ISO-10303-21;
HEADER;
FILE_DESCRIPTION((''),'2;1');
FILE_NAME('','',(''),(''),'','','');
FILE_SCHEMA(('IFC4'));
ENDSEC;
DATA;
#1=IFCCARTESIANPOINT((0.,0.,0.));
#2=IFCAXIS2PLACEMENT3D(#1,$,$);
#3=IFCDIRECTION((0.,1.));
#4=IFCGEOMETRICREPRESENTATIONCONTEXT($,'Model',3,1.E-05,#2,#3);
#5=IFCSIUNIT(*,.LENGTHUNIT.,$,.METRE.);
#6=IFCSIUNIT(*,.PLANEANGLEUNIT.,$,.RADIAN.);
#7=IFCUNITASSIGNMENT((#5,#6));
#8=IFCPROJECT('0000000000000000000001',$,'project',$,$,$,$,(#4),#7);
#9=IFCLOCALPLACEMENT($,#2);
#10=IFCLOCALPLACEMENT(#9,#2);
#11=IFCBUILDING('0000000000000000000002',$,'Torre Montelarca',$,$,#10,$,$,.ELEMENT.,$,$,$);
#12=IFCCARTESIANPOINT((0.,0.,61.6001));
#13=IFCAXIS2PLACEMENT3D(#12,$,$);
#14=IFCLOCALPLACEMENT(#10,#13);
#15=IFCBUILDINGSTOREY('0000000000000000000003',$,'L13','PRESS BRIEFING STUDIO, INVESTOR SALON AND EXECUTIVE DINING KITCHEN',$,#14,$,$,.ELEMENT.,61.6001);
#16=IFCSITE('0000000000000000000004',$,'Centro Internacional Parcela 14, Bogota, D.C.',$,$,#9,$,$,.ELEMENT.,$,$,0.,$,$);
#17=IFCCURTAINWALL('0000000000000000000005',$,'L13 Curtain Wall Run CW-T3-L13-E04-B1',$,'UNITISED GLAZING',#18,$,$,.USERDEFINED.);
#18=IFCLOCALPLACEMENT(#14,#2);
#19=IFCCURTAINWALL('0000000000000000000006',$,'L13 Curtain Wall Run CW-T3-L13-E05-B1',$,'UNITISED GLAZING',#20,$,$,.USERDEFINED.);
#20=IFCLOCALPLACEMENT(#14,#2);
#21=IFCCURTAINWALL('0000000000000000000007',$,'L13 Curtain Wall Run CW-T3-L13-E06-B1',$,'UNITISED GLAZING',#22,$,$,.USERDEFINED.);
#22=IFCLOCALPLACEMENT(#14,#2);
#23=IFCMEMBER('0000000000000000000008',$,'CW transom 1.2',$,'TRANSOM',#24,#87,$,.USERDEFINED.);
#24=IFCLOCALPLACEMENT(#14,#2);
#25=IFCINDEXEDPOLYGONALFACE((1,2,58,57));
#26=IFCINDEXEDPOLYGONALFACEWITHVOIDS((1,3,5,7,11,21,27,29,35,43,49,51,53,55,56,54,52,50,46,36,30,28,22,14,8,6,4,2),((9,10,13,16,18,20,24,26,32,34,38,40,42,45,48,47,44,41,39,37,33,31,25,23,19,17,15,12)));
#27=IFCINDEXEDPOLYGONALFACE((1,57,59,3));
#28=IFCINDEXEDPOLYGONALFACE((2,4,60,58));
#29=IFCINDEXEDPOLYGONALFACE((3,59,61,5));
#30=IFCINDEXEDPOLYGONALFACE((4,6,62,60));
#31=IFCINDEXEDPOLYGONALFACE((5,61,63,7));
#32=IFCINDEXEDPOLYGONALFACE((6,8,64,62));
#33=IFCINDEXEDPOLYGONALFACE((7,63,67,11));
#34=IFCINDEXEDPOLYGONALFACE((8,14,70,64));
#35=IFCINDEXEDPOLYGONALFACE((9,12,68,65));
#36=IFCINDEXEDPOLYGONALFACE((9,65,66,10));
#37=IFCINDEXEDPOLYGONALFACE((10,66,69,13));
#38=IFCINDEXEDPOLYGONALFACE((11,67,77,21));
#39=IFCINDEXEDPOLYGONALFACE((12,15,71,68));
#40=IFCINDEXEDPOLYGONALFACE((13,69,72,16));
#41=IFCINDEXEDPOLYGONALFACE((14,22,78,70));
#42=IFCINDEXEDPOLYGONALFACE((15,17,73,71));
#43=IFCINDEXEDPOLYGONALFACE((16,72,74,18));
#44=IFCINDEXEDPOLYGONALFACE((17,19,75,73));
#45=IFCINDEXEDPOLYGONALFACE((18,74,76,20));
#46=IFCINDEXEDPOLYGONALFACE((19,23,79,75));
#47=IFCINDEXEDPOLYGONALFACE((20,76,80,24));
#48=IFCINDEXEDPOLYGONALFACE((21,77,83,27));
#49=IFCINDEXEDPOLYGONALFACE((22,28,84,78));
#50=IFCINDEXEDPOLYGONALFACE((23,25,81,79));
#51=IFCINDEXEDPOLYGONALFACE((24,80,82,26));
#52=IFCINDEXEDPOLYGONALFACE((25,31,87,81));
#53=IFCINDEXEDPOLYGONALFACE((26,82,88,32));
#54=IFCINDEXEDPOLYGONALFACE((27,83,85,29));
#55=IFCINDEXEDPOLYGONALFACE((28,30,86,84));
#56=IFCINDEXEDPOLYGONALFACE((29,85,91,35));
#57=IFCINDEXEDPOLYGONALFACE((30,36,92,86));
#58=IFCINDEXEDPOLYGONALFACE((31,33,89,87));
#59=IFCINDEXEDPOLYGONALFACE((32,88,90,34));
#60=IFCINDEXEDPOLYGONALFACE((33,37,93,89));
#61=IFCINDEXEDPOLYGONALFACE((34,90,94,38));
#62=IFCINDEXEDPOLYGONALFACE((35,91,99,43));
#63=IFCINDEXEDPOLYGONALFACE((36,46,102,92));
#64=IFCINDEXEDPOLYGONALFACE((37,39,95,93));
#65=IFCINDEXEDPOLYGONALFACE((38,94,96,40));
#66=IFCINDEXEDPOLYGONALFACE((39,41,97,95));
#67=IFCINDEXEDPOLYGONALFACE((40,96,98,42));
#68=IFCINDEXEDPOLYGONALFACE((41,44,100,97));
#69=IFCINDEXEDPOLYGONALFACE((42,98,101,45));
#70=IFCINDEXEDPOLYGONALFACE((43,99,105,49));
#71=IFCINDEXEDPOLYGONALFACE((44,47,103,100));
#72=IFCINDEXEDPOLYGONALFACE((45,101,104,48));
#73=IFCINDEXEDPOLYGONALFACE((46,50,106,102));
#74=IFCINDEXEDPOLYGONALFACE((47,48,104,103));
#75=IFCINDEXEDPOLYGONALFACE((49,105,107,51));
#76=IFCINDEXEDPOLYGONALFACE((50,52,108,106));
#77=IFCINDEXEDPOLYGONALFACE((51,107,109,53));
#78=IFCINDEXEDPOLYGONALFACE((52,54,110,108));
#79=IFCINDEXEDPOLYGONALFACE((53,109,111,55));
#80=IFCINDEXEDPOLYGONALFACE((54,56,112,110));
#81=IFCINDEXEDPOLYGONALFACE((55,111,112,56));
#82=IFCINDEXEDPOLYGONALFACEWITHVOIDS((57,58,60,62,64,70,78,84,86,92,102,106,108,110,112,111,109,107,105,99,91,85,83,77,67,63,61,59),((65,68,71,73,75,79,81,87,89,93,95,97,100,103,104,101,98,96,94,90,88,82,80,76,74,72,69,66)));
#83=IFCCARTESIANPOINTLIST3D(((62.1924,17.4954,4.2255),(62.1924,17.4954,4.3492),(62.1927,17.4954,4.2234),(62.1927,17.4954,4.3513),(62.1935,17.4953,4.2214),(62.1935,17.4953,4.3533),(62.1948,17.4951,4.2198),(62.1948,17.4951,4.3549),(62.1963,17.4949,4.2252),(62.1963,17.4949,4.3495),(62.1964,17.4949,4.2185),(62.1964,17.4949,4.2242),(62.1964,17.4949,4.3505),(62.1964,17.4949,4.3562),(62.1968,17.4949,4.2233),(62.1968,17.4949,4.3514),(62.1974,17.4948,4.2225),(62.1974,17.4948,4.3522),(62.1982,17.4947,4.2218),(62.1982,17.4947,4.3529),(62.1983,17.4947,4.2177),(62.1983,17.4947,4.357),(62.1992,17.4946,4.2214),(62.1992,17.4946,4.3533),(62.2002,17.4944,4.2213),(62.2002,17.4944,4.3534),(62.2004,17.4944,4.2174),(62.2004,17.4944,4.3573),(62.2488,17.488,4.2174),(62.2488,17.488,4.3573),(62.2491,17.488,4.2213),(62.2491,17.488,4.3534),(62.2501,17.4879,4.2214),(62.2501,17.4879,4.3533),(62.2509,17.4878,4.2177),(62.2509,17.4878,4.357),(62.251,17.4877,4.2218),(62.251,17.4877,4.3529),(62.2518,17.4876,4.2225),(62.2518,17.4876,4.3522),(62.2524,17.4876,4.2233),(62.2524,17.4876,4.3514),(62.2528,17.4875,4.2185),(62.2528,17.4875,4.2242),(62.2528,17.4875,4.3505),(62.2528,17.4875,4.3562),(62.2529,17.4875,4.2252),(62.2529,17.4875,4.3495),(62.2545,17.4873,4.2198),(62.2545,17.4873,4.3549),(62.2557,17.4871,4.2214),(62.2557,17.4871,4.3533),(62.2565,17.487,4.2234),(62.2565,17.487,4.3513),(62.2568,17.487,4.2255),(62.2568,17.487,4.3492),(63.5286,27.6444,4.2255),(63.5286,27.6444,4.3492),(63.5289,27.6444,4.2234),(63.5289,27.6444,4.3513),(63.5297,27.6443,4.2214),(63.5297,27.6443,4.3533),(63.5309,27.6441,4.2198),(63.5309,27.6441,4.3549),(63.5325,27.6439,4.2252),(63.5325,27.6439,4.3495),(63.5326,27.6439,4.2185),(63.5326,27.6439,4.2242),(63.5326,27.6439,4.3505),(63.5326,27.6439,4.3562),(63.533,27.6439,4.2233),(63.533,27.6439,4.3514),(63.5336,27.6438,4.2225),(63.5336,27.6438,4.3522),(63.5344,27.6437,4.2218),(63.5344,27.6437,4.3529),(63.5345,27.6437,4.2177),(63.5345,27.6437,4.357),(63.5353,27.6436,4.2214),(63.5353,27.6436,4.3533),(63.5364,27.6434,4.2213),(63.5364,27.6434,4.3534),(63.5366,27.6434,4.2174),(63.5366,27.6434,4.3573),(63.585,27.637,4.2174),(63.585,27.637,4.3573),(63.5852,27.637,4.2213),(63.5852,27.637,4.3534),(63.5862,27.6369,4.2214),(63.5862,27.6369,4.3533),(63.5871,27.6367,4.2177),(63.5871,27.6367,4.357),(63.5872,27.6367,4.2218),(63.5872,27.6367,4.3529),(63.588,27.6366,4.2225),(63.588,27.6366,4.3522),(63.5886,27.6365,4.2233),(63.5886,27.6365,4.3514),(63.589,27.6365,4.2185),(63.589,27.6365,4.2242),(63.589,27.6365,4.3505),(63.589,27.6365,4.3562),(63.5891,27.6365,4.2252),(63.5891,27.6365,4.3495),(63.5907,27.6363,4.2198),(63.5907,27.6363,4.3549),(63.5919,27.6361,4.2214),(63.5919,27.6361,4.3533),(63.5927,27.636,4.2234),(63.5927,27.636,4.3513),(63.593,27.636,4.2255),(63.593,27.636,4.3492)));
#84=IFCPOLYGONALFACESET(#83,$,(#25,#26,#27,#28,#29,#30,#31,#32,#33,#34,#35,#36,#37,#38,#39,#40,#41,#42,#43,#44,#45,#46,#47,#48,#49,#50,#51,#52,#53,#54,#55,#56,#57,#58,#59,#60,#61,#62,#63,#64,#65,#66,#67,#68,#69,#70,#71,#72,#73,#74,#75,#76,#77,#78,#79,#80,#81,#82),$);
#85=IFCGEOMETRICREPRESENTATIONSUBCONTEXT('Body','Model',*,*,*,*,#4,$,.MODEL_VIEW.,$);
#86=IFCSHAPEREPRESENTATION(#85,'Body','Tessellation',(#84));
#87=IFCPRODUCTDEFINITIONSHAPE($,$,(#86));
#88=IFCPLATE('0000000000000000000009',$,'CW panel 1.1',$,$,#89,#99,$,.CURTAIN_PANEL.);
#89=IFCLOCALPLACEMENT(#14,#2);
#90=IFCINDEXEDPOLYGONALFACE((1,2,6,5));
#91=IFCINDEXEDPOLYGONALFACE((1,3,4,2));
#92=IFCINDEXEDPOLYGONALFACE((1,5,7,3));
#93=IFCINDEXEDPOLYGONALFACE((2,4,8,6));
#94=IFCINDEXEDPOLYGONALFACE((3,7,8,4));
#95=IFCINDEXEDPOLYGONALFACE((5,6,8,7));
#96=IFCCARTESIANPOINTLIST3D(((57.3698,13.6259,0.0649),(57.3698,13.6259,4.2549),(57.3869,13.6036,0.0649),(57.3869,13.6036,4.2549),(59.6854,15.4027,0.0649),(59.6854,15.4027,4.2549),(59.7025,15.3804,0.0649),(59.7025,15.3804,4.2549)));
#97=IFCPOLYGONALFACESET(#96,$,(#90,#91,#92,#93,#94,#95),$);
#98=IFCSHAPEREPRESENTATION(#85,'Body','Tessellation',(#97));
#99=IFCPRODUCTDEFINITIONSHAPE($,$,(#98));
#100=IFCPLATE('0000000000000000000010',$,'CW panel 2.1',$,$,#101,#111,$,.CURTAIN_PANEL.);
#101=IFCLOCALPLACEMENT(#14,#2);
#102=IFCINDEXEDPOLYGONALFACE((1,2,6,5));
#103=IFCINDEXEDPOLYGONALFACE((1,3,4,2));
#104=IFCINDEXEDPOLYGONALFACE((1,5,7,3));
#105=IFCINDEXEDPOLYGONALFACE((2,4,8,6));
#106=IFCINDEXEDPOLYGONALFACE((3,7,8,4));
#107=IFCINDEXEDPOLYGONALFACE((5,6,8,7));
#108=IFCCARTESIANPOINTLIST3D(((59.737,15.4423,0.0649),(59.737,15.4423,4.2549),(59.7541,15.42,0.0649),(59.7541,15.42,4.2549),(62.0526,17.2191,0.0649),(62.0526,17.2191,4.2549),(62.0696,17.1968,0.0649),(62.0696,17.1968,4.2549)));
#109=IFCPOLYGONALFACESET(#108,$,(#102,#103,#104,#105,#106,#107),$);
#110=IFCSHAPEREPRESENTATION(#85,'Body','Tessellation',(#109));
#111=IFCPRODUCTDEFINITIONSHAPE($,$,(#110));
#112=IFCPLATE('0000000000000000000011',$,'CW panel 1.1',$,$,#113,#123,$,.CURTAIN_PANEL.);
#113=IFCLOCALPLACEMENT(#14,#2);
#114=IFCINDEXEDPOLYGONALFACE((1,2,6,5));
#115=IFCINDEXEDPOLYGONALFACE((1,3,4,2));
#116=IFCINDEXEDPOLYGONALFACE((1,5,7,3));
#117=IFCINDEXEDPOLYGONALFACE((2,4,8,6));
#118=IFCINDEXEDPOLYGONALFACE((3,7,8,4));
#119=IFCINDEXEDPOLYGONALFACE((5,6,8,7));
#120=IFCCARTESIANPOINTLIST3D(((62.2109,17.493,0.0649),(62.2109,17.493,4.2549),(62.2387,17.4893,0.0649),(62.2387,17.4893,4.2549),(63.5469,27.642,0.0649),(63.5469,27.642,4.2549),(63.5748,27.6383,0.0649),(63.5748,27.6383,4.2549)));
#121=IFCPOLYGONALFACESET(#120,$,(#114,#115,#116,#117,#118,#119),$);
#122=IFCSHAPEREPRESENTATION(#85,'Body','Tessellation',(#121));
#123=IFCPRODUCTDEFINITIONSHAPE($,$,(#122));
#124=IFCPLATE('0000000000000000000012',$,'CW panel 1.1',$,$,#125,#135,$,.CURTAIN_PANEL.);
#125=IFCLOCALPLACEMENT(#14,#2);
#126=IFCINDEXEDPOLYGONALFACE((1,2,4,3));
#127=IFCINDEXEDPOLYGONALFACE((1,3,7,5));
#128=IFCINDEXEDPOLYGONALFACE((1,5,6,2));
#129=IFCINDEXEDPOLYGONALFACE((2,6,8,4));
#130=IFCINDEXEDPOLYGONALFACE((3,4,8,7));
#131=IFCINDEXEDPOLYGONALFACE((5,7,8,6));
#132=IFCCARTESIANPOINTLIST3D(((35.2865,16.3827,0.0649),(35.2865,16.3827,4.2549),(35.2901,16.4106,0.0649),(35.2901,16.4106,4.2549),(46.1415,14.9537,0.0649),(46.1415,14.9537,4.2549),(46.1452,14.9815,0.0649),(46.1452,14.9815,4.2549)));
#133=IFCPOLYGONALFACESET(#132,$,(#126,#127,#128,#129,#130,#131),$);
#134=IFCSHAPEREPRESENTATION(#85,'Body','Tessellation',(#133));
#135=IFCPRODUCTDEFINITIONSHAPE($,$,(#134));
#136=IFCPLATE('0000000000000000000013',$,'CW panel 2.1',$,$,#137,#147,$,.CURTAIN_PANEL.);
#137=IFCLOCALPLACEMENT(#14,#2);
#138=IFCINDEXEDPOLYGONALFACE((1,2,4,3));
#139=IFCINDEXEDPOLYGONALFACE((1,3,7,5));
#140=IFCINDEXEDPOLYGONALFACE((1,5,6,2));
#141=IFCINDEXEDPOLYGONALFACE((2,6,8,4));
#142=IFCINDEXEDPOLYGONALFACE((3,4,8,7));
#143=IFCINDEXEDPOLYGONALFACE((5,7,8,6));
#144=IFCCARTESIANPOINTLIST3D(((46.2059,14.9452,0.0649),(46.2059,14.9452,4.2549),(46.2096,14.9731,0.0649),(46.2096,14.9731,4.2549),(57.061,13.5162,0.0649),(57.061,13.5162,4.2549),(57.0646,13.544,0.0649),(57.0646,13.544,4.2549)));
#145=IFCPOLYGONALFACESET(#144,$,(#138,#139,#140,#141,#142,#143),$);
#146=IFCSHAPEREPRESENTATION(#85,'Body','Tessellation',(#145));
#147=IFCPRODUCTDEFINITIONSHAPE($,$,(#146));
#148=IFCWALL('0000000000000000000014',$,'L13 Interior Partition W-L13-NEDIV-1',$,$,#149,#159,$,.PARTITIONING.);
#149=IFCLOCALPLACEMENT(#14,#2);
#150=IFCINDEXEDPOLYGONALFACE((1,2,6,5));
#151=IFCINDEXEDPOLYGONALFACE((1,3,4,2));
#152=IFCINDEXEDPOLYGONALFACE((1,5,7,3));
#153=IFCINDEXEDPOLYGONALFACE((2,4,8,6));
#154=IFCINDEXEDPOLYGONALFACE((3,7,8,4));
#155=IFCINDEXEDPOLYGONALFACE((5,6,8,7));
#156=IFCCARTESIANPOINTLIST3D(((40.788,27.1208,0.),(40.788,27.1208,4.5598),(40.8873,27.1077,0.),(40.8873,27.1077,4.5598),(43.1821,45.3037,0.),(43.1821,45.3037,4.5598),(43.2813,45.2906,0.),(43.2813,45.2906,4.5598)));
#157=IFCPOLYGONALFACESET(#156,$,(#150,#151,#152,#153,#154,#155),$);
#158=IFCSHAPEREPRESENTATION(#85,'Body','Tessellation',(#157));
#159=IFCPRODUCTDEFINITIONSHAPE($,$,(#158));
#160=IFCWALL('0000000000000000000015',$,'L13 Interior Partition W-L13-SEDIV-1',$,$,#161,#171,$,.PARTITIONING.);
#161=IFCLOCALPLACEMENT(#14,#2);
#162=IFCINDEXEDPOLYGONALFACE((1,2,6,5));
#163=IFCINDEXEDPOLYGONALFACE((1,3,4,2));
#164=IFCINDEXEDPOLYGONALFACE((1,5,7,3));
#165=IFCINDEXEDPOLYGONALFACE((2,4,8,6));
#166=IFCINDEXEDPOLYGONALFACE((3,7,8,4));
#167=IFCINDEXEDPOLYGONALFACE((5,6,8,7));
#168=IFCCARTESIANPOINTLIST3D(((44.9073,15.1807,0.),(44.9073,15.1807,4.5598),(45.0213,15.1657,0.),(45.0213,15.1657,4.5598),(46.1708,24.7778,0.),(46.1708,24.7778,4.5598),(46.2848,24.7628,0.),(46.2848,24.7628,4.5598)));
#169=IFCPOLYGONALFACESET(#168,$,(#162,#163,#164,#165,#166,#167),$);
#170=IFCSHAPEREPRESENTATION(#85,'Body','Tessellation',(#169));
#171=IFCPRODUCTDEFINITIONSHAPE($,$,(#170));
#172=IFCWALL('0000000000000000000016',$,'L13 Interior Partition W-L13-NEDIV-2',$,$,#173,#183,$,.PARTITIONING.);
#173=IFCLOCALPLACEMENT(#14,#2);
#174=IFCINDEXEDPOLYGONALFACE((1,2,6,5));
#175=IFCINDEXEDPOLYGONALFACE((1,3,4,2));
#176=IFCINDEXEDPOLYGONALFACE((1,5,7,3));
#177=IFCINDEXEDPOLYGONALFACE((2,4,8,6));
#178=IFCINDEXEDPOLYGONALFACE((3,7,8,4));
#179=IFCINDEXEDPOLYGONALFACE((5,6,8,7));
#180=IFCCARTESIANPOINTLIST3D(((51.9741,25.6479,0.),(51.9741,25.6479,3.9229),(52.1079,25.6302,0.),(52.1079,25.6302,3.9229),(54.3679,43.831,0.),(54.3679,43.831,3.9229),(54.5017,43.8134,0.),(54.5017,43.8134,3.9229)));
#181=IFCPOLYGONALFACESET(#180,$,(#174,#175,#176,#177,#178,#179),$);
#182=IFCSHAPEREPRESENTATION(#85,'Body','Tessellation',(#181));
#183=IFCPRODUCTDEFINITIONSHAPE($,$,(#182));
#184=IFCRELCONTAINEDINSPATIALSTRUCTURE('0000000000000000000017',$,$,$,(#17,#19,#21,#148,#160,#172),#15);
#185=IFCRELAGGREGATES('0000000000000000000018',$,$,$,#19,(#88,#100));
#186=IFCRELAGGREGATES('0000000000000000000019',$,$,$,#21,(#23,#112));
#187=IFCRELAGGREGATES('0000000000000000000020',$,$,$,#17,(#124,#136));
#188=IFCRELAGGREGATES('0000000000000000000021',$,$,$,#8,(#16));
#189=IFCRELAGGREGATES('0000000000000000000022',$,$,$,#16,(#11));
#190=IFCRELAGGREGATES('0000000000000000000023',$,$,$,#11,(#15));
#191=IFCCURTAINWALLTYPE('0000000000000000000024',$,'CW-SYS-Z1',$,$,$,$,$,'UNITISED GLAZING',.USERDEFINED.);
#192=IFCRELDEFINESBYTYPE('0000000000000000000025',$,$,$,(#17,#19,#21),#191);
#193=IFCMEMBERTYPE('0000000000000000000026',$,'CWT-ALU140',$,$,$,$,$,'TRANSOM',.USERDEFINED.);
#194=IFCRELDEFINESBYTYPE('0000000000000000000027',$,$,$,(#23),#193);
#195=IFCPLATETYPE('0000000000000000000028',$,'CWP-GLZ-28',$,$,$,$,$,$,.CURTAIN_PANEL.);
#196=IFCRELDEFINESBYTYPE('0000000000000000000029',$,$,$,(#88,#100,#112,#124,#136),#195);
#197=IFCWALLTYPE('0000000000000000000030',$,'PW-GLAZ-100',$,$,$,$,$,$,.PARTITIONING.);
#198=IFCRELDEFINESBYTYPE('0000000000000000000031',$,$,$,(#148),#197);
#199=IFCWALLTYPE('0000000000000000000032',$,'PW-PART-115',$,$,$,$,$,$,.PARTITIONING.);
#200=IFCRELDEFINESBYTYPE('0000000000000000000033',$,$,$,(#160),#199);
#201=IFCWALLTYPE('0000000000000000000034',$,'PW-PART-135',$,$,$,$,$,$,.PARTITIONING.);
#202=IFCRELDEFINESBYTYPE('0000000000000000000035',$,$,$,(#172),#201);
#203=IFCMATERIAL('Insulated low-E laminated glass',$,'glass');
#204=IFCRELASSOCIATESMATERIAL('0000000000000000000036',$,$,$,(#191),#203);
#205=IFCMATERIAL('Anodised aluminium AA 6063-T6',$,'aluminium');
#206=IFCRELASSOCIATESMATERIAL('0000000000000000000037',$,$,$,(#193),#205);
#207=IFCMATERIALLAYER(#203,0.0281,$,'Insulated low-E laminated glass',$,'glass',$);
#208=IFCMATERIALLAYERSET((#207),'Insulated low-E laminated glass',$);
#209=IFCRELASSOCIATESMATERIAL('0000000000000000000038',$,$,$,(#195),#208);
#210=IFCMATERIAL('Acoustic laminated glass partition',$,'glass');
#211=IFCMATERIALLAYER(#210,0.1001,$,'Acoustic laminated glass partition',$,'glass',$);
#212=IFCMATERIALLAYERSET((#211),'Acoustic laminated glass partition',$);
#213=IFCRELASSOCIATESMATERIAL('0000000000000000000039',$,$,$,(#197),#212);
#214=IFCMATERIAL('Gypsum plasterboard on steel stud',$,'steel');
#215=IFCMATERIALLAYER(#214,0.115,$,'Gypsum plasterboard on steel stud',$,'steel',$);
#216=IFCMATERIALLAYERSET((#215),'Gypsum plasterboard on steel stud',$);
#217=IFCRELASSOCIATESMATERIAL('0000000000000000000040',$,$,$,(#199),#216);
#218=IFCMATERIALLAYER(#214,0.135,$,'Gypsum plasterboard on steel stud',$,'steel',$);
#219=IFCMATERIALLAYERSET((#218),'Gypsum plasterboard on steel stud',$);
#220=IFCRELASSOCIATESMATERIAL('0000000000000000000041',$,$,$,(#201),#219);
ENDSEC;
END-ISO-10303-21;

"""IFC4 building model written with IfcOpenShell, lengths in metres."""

from ifc_helpers import new_model, si_unit, direction, frame, frame_2d, origin, origin_2d, place, context, subcontext, project, spatial, rectangle, hollow_rectangle, extrude, source, transform, mapped, material, layer, layer_set, material_profile, profile_set, type_object, element, aggregate, save


model = new_model("IFC4")

# Units and contexts
model_context = context("Model", 3, precision=1e-05, world=origin(), true_north=direction((0.0, 1.0)))
body_context = subcontext(model_context, "Body", "Model", "MODEL_VIEW")
ifc_project = project(units=[si_unit("LENGTHUNIT", "METRE"), si_unit("PLANEANGLEUNIT", "RADIAN")], contexts=[model_context])

# Site, building, storey
site_placement = place(None, origin())
site = spatial("IfcSite", under=ifc_project, at=site_placement, Name="Centro Internacional Parcela 14, Bogota, D.C.", CompositionType="ELEMENT", RefElevation=0.0)
building_placement = place(site_placement, origin())
building = spatial("IfcBuilding", under=site, at=building_placement, Name="Torre Montelarca", CompositionType="ELEMENT")
storey_placement = place(building_placement, frame((0.0, 0.0, 61.6001)))
storey = spatial("IfcBuildingStorey", under=building, at=storey_placement, Name="L13", Description="PRESS BRIEFING STUDIO, INVESTOR SALON AND EXECUTIVE DINING KITCHEN", CompositionType="ELEMENT", Elevation=61.6001)

# Curtain walls
ifc_material_1 = material(Name="Insulated low-E laminated glass", Category="glass")
curtain_wall_type = type_object("IfcCurtainWallType", Name="CW-SYS-Z1", ElementType="UNITISED GLAZING", PredefinedType="USERDEFINED", material=ifc_material_1)
curtain_wall_1_placement = place(storey_placement, origin())
curtain_wall_1 = element("IfcCurtainWall", 1, at=curtain_wall_1_placement, inside=storey, type_object=curtain_wall_type, Name="L13 Curtain Wall Run CW-T3-L13-E04-B1", ObjectType="UNITISED GLAZING", PredefinedType="USERDEFINED")
ifc_material_2 = material(Name="Anodised aluminium AA 6063-T6", Category="aluminium")
ifc_material_profile_1 = material_profile(ifc_material_2, hollow_rectangle(XDim=0.0649, YDim=0.1399, WallThickness=0.0039, InnerFilletRadius=0.0039, OuterFilletRadius=0.0081, at=origin_2d()), Name="ALU65X140X4", Category="aluminium")
ifc_profile_set_1 = profile_set([ifc_material_profile_1], Name="Anodised aluminium AA 6063-T6")
member_type_1 = type_object("IfcMemberType", Name="CWT-ALU140", ElementType="TRANSOM", PredefinedType="USERDEFINED", material=ifc_profile_set_1)
curtain_wall_2_placement = place(storey_placement, origin())
curtain_wall_2 = element("IfcCurtainWall", 2, at=curtain_wall_2_placement, inside=storey, type_object=curtain_wall_type, Name="L13 Curtain Wall Run CW-T3-L13-E05-B1", ObjectType="UNITISED GLAZING", PredefinedType="USERDEFINED")

# Curtain wall, member
curtain_wall_3_placement = place(storey_placement, origin())
curtain_wall_3 = element("IfcCurtainWall", 3, at=curtain_wall_3_placement, inside=storey, type_object=curtain_wall_type, Name="L13 Curtain Wall Run CW-T3-L13-E06-B1", ObjectType="UNITISED GLAZING", PredefinedType="USERDEFINED")
shared_shape_1 = source(origin(), body_context, "Body", "SweptSolid", [
    extrude(hollow_rectangle(XDim=0.0649, YDim=0.1399, WallThickness=0.0039, InnerFilletRadius=0.0039, OuterFilletRadius=0.0081, at=origin_2d()), origin(), (0.0, 0.0, 1.0), 10.2366),
])
member_1_placement = place(storey_placement, frame((62.2246, 17.4912, 4.2874), z_axis=(0.130531, 0.991444, 0.0), x_axis=(-0.991444, 0.130531, 0.0)))
member_1 = element("IfcMember", 4, at=member_1_placement, type_object=member_type_1, Name="CW transom 1.2", ObjectType="TRANSOM", PredefinedType="USERDEFINED", context=body_context, shape_type="MappedRepresentation", body=[
    mapped(shared_shape_1, transform((0.0, 0.0, 0.0), scale=1.0)),
])

# Plates
ifc_layer_1 = layer(ifc_material_1, 0.0281, Name="Insulated low-E laminated glass", Category="glass")
ifc_layer_set_1 = layer_set([ifc_layer_1], Name="Insulated low-E laminated glass")
plate_type = type_object("IfcPlateType", Name="CWP-GLZ-28", PredefinedType="CURTAIN_PANEL", material=ifc_layer_set_1)
shared_shape_2 = source(origin(), body_context, "Body", "SweptSolid", [
    extrude(rectangle(XDim=2.9187, YDim=0.0281, at=origin_2d()), origin(), (0.0, 0.0, 1.0), 4.1899),
])
plate_1_placement = place(storey_placement, frame((58.5361, 14.5032, 0.0649), z_axis=(0.0, 0.0, 1.0), x_axis=(0.793351, 0.608764, 0.0)))
plate_1 = element("IfcPlate", 5, at=plate_1_placement, type_object=plate_type, Name="CW panel 1.1", PredefinedType="CURTAIN_PANEL", context=body_context, shape_type="MappedRepresentation", body=[
    mapped(shared_shape_2, transform((0.0, 0.0, 0.0), scale=1.0)),
])
plate_2_placement = place(storey_placement, frame((60.9033, 16.3196, 0.0649), z_axis=(0.0, 0.0, 1.0), x_axis=(0.793351, 0.608764, 0.0)))
plate_2 = element("IfcPlate", 6, at=plate_2_placement, type_object=plate_type, Name="CW panel 2.1", PredefinedType="CURTAIN_PANEL", context=body_context, shape_type="MappedRepresentation", body=[
    mapped(shared_shape_2, transform((0.0, 0.0, 0.0), scale=1.0)),
])
aggregate(curtain_wall_2, [plate_1, plate_2])
shared_shape_3 = source(origin(), body_context, "Body", "SweptSolid", [
    extrude(rectangle(XDim=10.2366, YDim=0.0281, at=origin_2d()), origin(), (0.0, 0.0, 1.0), 4.1899),
])
plate_3_placement = place(storey_placement, frame((62.8928, 22.5657, 0.0649), z_axis=(0.0, 0.0, 1.0), x_axis=(0.130519, 0.991446, 0.0)))
plate_3 = element("IfcPlate", 7, at=plate_3_placement, type_object=plate_type, Name="CW panel 1.1", PredefinedType="CURTAIN_PANEL", context=body_context, shape_type="MappedRepresentation", body=[
    mapped(shared_shape_3, transform((0.0, 0.0, 0.0), scale=1.0)),
])
aggregate(curtain_wall_3, [member_1, plate_3])
shared_shape_4 = source(origin(), body_context, "Body", "SweptSolid", [
    extrude(rectangle(XDim=10.9487, YDim=0.0281, at=origin_2d()), origin(), (0.0, 0.0, 1.0), 4.1899),
])
plate_4_placement = place(storey_placement, frame((40.7158, 15.6821, 0.0649), z_axis=(0.0, 0.0, 1.0), x_axis=(0.991446, -0.130521, 0.0)))
plate_4 = element("IfcPlate", 8, at=plate_4_placement, type_object=plate_type, Name="CW panel 1.1", PredefinedType="CURTAIN_PANEL", context=body_context, shape_type="MappedRepresentation", body=[
    mapped(shared_shape_4, transform((0.0, 0.0, 0.0), scale=1.0)),
])
plate_5_placement = place(storey_placement, frame((51.6353, 14.2446, 0.0649), z_axis=(0.0, 0.0, 1.0), x_axis=(0.991446, -0.130521, 0.0)))
plate_5 = element("IfcPlate", 9, at=plate_5_placement, type_object=plate_type, Name="CW panel 2.1", PredefinedType="CURTAIN_PANEL", context=body_context, shape_type="MappedRepresentation", body=[
    mapped(shared_shape_4, transform((0.0, 0.0, 0.0), scale=1.0)),
])
aggregate(curtain_wall_1, [plate_4, plate_5])

# Walls
ifc_material_3 = material(Name="Acoustic laminated glass partition", Category="glass")
ifc_layer_2 = layer(ifc_material_3, 0.1001, Name="Acoustic laminated glass partition", Category="glass")
ifc_layer_set_2 = layer_set([ifc_layer_2], Name="Acoustic laminated glass partition")
wall_type_1 = type_object("IfcWallType", Name="PW-GLAZ-100", PredefinedType="PARTITIONING", material=ifc_layer_set_2)
wall_1_placement = place(storey_placement, frame((40.8376, 27.1143, 0.0), z_axis=(0.0, 0.0, 1.0), x_axis=(0.130538, 0.991443, 0.0)))
element("IfcWall", 10, at=wall_1_placement, inside=storey, type_object=wall_type_1, Name="L13 Interior Partition W-L13-NEDIV-1", PredefinedType="PARTITIONING", context=body_context, shape_type="SweptSolid", body=[
    extrude(rectangle(XDim=18.3398, YDim=0.1001, at=frame_2d((9.1699, 0.0))), origin(), (0.0, 0.0, 1.0), 4.5598),
])
ifc_material_4 = material(Name="Gypsum plasterboard on steel stud", Category="steel")
ifc_layer_3 = layer(ifc_material_4, 0.115, Name="Gypsum plasterboard on steel stud", Category="steel")
ifc_layer_set_3 = layer_set([ifc_layer_3], Name="Gypsum plasterboard on steel stud")
wall_type_2 = type_object("IfcWallType", Name="PW-PART-115", PredefinedType="PARTITIONING", material=ifc_layer_set_3)
wall_2_placement = place(storey_placement, frame((44.9644, 15.1733, 0.0), z_axis=(0.0, 0.0, 1.0), x_axis=(0.13052, 0.991446, 0.0)))
element("IfcWall", 11, at=wall_2_placement, inside=storey, type_object=wall_type_2, Name="L13 Interior Partition W-L13-SEDIV-1", PredefinedType="PARTITIONING", context=body_context, shape_type="SweptSolid", body=[
    extrude(rectangle(XDim=9.6799, YDim=0.115, at=frame_2d((4.8398, 0.0))), origin(), (0.0, 0.0, 1.0), 4.5598),
])
ifc_layer_4 = layer(ifc_material_4, 0.135, Name="Gypsum plasterboard on steel stud", Category="steel")
ifc_layer_set_4 = layer_set([ifc_layer_4], Name="Gypsum plasterboard on steel stud")
wall_type_3 = type_object("IfcWallType", Name="PW-PART-135", PredefinedType="PARTITIONING", material=ifc_layer_set_4)
wall_3_placement = place(storey_placement, frame((52.041, 25.6392, 0.0), z_axis=(0.0, 0.0, 1.0), x_axis=(0.130523, 0.991445, 0.0)))
element("IfcWall", 12, at=wall_3_placement, inside=storey, type_object=wall_type_3, Name="L13 Interior Partition W-L13-NEDIV-2", PredefinedType="PARTITIONING", context=body_context, shape_type="SweptSolid", body=[
    extrude(rectangle(XDim=18.3401, YDim=0.135, at=frame_2d((9.1699, 0.0))), origin(), (0.0, 0.0, 1.0), 3.9229),
])

save(model, "model.ifc")
